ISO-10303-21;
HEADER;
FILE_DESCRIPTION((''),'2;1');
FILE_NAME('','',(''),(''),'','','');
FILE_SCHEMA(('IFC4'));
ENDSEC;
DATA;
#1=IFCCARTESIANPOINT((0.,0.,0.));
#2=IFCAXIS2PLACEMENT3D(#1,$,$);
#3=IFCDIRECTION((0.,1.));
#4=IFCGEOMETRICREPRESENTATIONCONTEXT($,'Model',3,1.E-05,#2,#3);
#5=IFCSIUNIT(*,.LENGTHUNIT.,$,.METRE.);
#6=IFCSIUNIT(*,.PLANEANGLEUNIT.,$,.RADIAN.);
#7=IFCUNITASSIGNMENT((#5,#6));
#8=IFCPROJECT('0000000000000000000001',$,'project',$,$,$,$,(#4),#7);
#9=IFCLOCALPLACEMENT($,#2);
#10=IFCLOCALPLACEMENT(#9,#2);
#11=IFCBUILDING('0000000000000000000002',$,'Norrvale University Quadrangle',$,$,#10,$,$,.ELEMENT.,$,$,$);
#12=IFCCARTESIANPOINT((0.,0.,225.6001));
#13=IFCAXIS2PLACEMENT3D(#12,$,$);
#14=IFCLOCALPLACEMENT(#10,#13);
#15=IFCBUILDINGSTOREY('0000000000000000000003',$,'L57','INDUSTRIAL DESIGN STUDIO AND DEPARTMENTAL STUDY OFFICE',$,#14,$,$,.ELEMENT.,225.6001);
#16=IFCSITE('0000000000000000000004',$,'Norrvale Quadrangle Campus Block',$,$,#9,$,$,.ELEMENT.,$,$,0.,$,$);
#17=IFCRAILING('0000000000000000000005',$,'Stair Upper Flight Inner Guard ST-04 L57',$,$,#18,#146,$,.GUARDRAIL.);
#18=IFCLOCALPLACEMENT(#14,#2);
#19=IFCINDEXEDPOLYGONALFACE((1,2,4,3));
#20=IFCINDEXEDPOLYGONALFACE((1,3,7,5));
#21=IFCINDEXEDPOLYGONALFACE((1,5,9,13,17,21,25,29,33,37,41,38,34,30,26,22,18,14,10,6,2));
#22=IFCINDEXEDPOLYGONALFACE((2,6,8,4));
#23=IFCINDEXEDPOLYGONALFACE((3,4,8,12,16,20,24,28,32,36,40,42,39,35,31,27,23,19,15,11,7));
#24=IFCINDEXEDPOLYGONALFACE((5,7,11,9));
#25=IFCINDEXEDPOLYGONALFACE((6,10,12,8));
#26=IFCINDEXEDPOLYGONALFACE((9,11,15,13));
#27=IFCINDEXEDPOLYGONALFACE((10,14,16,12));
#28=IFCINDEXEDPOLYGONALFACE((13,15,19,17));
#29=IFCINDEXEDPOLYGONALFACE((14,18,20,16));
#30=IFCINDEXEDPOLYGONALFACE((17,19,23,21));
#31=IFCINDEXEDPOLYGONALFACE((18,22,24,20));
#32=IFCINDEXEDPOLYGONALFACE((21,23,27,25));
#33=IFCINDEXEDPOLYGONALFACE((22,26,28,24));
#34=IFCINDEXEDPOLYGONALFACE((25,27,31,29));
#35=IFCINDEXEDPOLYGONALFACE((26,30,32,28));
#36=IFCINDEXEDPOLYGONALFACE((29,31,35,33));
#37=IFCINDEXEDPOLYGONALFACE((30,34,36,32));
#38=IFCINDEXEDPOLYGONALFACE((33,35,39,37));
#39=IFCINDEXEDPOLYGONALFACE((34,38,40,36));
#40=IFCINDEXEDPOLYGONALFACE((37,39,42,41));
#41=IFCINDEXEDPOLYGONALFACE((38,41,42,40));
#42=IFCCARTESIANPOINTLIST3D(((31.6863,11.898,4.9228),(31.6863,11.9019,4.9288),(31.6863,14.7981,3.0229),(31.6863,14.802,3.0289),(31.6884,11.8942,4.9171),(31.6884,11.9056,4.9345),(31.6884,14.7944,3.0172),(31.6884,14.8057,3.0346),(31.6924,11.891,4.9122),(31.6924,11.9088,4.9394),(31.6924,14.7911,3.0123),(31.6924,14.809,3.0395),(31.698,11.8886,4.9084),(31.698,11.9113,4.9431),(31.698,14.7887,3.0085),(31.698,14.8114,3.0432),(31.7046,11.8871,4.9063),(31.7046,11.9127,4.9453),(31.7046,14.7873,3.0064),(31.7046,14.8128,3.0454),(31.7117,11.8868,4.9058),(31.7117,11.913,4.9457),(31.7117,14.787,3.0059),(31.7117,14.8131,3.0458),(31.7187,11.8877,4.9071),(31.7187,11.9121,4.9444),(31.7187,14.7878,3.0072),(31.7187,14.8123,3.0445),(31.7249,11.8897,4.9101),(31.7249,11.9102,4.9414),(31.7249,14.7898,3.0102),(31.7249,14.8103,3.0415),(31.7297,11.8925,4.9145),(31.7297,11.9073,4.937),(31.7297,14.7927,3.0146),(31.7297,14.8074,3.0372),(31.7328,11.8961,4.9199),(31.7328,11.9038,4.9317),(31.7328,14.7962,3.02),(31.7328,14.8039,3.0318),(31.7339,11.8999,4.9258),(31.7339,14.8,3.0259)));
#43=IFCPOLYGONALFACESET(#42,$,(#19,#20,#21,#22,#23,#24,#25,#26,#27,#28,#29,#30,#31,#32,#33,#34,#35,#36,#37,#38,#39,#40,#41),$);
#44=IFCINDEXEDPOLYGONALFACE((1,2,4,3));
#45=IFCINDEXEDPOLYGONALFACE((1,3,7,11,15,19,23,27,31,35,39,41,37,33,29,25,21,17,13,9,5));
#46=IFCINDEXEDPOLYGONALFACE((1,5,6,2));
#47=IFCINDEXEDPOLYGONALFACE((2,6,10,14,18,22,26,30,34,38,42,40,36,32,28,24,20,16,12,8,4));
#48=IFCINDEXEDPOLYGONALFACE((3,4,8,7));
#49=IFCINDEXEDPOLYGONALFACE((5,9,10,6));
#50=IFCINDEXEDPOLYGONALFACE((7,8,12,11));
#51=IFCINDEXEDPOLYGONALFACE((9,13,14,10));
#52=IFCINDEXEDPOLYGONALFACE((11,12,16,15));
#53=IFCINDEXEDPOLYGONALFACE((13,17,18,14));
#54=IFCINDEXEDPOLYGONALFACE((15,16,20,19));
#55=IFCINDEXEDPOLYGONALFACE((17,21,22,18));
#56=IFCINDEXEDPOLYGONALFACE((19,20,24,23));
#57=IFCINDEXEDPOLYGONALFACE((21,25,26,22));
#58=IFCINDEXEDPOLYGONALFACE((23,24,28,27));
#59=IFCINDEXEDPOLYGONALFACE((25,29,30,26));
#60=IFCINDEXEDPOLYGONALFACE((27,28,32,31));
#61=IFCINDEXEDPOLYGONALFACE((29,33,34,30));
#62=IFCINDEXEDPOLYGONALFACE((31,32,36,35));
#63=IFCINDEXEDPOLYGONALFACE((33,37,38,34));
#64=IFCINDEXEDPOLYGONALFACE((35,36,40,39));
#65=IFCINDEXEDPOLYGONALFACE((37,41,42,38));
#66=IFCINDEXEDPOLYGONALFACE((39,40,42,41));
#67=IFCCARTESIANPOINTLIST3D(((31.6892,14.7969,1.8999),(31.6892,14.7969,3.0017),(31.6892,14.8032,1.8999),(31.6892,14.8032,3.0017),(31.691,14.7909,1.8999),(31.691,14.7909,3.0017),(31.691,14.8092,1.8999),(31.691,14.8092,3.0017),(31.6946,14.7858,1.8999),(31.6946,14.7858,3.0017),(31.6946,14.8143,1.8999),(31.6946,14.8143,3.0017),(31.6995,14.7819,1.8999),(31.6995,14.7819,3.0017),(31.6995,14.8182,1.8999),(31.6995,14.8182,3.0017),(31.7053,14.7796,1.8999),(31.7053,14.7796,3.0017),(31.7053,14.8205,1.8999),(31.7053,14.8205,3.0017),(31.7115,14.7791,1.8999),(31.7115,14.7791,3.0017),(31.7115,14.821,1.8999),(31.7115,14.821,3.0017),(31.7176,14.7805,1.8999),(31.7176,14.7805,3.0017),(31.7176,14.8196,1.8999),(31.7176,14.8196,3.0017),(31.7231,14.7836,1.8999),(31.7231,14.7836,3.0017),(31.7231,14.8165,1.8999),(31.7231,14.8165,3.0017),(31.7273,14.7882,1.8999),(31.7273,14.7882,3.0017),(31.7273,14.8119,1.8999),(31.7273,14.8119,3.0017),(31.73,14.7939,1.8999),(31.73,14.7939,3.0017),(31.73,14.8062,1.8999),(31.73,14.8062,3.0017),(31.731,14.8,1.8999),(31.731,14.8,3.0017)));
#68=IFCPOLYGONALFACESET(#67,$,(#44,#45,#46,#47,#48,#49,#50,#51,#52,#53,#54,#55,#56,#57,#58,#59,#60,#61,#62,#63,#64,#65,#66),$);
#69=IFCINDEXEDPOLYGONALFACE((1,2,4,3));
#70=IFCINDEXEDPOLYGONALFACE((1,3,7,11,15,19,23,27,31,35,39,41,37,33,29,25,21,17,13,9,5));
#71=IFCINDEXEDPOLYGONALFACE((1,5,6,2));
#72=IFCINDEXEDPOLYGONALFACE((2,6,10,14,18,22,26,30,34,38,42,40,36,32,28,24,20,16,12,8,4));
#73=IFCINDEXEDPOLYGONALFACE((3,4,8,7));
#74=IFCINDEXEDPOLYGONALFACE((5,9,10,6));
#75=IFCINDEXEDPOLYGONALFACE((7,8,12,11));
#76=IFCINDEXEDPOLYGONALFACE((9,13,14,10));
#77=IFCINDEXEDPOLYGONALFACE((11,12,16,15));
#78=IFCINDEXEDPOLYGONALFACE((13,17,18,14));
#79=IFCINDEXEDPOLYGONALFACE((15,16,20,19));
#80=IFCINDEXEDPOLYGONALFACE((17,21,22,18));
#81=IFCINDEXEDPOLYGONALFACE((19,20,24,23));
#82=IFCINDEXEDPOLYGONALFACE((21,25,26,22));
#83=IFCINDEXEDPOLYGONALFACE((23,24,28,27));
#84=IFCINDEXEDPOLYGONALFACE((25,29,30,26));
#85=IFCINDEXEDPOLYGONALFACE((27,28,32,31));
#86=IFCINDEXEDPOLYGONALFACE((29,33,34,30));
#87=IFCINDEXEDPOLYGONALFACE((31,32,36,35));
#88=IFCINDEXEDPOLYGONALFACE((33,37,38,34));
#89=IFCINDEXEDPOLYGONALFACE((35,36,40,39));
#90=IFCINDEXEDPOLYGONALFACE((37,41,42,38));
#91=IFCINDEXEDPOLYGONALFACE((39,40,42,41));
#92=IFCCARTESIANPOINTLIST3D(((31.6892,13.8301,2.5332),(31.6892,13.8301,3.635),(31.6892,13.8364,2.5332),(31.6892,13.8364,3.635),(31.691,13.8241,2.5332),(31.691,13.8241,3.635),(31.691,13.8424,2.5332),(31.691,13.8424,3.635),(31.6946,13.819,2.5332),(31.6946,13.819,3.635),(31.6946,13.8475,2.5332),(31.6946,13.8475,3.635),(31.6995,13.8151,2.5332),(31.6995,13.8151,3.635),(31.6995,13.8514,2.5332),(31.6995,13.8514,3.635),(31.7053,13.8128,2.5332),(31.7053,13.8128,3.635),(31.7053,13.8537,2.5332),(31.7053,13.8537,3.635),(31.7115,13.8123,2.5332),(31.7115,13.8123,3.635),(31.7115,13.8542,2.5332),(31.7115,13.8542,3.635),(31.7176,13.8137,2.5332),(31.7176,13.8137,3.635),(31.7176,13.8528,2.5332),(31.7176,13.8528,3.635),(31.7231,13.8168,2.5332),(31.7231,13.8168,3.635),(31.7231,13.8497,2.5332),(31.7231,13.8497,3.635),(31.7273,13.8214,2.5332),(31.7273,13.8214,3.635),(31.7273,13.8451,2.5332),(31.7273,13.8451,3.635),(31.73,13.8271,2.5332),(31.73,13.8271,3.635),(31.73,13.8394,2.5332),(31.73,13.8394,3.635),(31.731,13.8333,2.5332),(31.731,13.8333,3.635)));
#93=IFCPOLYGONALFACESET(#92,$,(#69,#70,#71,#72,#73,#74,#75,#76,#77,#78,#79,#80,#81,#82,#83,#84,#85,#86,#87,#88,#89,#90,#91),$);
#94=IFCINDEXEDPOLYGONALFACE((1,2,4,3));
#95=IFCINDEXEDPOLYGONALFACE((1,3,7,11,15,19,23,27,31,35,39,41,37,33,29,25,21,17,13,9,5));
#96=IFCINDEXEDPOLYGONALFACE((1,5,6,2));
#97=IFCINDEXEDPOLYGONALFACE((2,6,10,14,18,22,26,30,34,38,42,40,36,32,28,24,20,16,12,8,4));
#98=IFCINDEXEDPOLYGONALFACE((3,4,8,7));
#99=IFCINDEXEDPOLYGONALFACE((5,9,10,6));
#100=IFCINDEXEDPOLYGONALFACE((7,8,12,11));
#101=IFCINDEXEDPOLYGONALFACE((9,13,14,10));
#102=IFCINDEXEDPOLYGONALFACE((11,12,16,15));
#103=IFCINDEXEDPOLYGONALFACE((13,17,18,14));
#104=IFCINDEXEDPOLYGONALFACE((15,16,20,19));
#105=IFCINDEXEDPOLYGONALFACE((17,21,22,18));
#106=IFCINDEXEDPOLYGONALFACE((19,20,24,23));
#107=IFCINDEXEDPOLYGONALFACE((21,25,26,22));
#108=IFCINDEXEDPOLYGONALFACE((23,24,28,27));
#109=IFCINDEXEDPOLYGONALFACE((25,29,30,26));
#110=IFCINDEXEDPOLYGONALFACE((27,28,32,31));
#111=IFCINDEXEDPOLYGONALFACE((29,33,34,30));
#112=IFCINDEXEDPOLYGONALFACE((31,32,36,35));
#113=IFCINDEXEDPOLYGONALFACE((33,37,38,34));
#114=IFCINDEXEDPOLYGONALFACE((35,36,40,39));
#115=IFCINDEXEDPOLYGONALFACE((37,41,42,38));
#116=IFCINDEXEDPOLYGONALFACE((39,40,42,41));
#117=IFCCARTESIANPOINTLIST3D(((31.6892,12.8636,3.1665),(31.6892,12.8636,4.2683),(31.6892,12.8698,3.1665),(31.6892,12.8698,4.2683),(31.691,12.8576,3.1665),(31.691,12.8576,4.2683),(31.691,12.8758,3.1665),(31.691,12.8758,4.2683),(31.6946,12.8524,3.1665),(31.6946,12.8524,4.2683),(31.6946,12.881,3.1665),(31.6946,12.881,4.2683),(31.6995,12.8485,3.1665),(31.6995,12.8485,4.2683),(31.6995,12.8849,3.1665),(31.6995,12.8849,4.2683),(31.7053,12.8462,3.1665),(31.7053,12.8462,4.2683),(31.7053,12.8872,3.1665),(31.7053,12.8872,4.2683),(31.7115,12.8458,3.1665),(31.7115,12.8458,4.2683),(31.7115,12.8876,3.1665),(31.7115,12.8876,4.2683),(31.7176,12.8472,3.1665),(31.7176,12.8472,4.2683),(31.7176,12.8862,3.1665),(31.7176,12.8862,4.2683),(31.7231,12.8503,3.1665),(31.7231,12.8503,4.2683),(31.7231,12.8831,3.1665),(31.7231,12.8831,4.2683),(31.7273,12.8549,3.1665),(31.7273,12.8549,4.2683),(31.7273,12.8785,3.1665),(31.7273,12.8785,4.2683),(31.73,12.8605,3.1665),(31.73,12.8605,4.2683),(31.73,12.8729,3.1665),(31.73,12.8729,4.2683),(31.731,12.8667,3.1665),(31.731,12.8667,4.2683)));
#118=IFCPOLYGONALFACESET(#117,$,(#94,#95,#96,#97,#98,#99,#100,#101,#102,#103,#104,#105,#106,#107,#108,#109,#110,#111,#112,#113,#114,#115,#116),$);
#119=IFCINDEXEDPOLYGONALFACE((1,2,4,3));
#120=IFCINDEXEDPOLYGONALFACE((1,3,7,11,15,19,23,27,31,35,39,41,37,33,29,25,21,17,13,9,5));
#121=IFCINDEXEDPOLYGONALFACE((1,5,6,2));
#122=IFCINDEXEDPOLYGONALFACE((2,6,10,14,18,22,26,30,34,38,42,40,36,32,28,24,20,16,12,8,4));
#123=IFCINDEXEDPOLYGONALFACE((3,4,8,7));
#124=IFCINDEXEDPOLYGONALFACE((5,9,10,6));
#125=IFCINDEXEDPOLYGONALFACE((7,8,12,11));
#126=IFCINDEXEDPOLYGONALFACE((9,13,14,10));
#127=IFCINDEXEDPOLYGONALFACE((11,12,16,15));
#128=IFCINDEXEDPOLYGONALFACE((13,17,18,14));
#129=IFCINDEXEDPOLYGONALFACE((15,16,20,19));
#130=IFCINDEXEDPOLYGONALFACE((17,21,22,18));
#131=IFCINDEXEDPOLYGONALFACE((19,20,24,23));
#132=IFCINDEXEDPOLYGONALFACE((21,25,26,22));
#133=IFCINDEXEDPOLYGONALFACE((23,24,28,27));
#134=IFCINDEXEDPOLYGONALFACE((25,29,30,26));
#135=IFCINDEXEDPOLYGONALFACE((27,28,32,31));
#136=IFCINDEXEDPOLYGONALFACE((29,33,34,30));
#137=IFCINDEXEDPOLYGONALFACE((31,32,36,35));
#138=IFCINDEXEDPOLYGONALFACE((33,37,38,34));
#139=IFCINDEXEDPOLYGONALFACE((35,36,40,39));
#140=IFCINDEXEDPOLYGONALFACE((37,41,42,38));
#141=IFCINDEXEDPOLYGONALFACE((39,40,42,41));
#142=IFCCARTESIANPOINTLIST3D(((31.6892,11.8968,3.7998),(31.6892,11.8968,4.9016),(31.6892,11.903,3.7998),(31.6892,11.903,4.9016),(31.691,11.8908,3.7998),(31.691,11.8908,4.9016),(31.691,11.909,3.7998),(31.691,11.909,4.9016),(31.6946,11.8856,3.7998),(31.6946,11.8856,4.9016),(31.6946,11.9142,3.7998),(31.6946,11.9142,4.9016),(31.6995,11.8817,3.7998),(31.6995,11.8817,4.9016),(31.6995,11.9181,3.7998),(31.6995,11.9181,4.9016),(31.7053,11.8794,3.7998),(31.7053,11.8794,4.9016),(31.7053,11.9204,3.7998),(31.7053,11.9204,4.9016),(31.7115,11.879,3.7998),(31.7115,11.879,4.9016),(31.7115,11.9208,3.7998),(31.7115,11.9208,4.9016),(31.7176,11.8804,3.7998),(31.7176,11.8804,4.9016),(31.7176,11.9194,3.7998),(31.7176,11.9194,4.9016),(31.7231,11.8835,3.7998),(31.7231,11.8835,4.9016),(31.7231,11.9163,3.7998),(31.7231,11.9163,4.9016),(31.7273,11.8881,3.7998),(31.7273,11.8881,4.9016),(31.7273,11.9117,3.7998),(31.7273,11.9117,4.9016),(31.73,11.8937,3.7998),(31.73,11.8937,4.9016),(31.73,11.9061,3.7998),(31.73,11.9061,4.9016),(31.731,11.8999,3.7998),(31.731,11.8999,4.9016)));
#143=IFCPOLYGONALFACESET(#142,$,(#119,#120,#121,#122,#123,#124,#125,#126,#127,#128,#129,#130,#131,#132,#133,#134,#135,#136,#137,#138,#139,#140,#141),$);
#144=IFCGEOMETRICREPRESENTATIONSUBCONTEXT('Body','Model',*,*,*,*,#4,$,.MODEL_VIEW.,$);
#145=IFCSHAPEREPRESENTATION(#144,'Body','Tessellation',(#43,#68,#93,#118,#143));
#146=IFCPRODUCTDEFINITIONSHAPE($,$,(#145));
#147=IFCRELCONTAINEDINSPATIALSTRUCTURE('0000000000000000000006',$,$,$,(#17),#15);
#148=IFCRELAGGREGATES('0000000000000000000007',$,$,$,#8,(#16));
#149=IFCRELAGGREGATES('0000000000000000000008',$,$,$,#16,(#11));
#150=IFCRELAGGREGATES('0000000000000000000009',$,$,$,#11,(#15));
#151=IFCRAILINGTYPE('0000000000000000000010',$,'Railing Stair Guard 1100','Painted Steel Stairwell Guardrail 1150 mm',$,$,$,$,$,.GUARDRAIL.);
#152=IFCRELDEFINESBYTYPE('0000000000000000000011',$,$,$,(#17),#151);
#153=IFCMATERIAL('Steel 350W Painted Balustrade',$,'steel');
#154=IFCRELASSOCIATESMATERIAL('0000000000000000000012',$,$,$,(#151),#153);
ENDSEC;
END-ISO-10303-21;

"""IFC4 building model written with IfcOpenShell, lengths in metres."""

from ifc_helpers import new_model, si_unit, direction, frame, origin, origin_2d, place, context, subcontext, project, spatial, circle, extrude, material, type_object, element, save


model = new_model("IFC4")

# Units and contexts
model_context = context("Model", 3, precision=1e-05, world=origin(), true_north=direction((0.0, 1.0)))
body_context = subcontext(model_context, "Body", "Model", "MODEL_VIEW")
ifc_project = project(units=[si_unit("LENGTHUNIT", "METRE"), si_unit("PLANEANGLEUNIT", "RADIAN")], contexts=[model_context])

# Site, building, storey
site_placement = place(None, origin())
site = spatial("IfcSite", under=ifc_project, at=site_placement, Name="Norrvale Quadrangle Campus Block", CompositionType="ELEMENT", RefElevation=0.0)
building_placement = place(site_placement, origin())
building = spatial("IfcBuilding", under=site, at=building_placement, Name="Norrvale University Quadrangle", CompositionType="ELEMENT")
storey_placement = place(building_placement, frame((0.0, 0.0, 225.6001)))
storey = spatial("IfcBuildingStorey", under=building, at=storey_placement, Name="L57", Description="INDUSTRIAL DESIGN STUDIO AND DEPARTMENTAL STUDY OFFICE", CompositionType="ELEMENT", Elevation=225.6001)

# Railing
ifc_material_1 = material(Name="Steel 350W Painted Balustrade", Category="steel")
railing_type_1 = type_object("IfcRailingType", Name="Railing Stair Guard 1100", Description="Painted Steel Stairwell Guardrail 1150 mm", PredefinedType="GUARDRAIL", material=ifc_material_1)
railing_1_placement = place(storey_placement, frame((31.71, 14.8, 1.8999)))
element("IfcRailing", 1, at=railing_1_placement, inside=storey, type_object=railing_type_1, Name="Stair Upper Flight Inner Guard ST-04 L57", PredefinedType="GUARDRAIL", context=body_context, shape_type="SweptSolid", body=[
    extrude(circle(Radius=0.0239, at=origin_2d()), frame((0.0, 0.0, 1.126), z_axis=(0.0, -0.836487, 0.547987), x_axis=(1.0, 0.0, 0.0)), (0.0, 0.0, 1.0), 3.467),
    extrude(circle(Radius=0.021, at=origin_2d()), origin(), (0.0, 0.0, 1.0), 1.1018),
    extrude(circle(Radius=0.021, at=origin_2d()), frame((0.0, -0.9668, 0.6333)), (0.0, 0.0, 1.0), 1.1018),
    extrude(circle(Radius=0.021, at=origin_2d()), frame((0.0, -1.9333, 1.2666)), (0.0, 0.0, 1.0), 1.1018),
    extrude(circle(Radius=0.021, at=origin_2d()), frame((0.0, -2.9001, 1.8999)), (0.0, 0.0, 1.0), 1.1018),
])

save(model, "model.ifc")
